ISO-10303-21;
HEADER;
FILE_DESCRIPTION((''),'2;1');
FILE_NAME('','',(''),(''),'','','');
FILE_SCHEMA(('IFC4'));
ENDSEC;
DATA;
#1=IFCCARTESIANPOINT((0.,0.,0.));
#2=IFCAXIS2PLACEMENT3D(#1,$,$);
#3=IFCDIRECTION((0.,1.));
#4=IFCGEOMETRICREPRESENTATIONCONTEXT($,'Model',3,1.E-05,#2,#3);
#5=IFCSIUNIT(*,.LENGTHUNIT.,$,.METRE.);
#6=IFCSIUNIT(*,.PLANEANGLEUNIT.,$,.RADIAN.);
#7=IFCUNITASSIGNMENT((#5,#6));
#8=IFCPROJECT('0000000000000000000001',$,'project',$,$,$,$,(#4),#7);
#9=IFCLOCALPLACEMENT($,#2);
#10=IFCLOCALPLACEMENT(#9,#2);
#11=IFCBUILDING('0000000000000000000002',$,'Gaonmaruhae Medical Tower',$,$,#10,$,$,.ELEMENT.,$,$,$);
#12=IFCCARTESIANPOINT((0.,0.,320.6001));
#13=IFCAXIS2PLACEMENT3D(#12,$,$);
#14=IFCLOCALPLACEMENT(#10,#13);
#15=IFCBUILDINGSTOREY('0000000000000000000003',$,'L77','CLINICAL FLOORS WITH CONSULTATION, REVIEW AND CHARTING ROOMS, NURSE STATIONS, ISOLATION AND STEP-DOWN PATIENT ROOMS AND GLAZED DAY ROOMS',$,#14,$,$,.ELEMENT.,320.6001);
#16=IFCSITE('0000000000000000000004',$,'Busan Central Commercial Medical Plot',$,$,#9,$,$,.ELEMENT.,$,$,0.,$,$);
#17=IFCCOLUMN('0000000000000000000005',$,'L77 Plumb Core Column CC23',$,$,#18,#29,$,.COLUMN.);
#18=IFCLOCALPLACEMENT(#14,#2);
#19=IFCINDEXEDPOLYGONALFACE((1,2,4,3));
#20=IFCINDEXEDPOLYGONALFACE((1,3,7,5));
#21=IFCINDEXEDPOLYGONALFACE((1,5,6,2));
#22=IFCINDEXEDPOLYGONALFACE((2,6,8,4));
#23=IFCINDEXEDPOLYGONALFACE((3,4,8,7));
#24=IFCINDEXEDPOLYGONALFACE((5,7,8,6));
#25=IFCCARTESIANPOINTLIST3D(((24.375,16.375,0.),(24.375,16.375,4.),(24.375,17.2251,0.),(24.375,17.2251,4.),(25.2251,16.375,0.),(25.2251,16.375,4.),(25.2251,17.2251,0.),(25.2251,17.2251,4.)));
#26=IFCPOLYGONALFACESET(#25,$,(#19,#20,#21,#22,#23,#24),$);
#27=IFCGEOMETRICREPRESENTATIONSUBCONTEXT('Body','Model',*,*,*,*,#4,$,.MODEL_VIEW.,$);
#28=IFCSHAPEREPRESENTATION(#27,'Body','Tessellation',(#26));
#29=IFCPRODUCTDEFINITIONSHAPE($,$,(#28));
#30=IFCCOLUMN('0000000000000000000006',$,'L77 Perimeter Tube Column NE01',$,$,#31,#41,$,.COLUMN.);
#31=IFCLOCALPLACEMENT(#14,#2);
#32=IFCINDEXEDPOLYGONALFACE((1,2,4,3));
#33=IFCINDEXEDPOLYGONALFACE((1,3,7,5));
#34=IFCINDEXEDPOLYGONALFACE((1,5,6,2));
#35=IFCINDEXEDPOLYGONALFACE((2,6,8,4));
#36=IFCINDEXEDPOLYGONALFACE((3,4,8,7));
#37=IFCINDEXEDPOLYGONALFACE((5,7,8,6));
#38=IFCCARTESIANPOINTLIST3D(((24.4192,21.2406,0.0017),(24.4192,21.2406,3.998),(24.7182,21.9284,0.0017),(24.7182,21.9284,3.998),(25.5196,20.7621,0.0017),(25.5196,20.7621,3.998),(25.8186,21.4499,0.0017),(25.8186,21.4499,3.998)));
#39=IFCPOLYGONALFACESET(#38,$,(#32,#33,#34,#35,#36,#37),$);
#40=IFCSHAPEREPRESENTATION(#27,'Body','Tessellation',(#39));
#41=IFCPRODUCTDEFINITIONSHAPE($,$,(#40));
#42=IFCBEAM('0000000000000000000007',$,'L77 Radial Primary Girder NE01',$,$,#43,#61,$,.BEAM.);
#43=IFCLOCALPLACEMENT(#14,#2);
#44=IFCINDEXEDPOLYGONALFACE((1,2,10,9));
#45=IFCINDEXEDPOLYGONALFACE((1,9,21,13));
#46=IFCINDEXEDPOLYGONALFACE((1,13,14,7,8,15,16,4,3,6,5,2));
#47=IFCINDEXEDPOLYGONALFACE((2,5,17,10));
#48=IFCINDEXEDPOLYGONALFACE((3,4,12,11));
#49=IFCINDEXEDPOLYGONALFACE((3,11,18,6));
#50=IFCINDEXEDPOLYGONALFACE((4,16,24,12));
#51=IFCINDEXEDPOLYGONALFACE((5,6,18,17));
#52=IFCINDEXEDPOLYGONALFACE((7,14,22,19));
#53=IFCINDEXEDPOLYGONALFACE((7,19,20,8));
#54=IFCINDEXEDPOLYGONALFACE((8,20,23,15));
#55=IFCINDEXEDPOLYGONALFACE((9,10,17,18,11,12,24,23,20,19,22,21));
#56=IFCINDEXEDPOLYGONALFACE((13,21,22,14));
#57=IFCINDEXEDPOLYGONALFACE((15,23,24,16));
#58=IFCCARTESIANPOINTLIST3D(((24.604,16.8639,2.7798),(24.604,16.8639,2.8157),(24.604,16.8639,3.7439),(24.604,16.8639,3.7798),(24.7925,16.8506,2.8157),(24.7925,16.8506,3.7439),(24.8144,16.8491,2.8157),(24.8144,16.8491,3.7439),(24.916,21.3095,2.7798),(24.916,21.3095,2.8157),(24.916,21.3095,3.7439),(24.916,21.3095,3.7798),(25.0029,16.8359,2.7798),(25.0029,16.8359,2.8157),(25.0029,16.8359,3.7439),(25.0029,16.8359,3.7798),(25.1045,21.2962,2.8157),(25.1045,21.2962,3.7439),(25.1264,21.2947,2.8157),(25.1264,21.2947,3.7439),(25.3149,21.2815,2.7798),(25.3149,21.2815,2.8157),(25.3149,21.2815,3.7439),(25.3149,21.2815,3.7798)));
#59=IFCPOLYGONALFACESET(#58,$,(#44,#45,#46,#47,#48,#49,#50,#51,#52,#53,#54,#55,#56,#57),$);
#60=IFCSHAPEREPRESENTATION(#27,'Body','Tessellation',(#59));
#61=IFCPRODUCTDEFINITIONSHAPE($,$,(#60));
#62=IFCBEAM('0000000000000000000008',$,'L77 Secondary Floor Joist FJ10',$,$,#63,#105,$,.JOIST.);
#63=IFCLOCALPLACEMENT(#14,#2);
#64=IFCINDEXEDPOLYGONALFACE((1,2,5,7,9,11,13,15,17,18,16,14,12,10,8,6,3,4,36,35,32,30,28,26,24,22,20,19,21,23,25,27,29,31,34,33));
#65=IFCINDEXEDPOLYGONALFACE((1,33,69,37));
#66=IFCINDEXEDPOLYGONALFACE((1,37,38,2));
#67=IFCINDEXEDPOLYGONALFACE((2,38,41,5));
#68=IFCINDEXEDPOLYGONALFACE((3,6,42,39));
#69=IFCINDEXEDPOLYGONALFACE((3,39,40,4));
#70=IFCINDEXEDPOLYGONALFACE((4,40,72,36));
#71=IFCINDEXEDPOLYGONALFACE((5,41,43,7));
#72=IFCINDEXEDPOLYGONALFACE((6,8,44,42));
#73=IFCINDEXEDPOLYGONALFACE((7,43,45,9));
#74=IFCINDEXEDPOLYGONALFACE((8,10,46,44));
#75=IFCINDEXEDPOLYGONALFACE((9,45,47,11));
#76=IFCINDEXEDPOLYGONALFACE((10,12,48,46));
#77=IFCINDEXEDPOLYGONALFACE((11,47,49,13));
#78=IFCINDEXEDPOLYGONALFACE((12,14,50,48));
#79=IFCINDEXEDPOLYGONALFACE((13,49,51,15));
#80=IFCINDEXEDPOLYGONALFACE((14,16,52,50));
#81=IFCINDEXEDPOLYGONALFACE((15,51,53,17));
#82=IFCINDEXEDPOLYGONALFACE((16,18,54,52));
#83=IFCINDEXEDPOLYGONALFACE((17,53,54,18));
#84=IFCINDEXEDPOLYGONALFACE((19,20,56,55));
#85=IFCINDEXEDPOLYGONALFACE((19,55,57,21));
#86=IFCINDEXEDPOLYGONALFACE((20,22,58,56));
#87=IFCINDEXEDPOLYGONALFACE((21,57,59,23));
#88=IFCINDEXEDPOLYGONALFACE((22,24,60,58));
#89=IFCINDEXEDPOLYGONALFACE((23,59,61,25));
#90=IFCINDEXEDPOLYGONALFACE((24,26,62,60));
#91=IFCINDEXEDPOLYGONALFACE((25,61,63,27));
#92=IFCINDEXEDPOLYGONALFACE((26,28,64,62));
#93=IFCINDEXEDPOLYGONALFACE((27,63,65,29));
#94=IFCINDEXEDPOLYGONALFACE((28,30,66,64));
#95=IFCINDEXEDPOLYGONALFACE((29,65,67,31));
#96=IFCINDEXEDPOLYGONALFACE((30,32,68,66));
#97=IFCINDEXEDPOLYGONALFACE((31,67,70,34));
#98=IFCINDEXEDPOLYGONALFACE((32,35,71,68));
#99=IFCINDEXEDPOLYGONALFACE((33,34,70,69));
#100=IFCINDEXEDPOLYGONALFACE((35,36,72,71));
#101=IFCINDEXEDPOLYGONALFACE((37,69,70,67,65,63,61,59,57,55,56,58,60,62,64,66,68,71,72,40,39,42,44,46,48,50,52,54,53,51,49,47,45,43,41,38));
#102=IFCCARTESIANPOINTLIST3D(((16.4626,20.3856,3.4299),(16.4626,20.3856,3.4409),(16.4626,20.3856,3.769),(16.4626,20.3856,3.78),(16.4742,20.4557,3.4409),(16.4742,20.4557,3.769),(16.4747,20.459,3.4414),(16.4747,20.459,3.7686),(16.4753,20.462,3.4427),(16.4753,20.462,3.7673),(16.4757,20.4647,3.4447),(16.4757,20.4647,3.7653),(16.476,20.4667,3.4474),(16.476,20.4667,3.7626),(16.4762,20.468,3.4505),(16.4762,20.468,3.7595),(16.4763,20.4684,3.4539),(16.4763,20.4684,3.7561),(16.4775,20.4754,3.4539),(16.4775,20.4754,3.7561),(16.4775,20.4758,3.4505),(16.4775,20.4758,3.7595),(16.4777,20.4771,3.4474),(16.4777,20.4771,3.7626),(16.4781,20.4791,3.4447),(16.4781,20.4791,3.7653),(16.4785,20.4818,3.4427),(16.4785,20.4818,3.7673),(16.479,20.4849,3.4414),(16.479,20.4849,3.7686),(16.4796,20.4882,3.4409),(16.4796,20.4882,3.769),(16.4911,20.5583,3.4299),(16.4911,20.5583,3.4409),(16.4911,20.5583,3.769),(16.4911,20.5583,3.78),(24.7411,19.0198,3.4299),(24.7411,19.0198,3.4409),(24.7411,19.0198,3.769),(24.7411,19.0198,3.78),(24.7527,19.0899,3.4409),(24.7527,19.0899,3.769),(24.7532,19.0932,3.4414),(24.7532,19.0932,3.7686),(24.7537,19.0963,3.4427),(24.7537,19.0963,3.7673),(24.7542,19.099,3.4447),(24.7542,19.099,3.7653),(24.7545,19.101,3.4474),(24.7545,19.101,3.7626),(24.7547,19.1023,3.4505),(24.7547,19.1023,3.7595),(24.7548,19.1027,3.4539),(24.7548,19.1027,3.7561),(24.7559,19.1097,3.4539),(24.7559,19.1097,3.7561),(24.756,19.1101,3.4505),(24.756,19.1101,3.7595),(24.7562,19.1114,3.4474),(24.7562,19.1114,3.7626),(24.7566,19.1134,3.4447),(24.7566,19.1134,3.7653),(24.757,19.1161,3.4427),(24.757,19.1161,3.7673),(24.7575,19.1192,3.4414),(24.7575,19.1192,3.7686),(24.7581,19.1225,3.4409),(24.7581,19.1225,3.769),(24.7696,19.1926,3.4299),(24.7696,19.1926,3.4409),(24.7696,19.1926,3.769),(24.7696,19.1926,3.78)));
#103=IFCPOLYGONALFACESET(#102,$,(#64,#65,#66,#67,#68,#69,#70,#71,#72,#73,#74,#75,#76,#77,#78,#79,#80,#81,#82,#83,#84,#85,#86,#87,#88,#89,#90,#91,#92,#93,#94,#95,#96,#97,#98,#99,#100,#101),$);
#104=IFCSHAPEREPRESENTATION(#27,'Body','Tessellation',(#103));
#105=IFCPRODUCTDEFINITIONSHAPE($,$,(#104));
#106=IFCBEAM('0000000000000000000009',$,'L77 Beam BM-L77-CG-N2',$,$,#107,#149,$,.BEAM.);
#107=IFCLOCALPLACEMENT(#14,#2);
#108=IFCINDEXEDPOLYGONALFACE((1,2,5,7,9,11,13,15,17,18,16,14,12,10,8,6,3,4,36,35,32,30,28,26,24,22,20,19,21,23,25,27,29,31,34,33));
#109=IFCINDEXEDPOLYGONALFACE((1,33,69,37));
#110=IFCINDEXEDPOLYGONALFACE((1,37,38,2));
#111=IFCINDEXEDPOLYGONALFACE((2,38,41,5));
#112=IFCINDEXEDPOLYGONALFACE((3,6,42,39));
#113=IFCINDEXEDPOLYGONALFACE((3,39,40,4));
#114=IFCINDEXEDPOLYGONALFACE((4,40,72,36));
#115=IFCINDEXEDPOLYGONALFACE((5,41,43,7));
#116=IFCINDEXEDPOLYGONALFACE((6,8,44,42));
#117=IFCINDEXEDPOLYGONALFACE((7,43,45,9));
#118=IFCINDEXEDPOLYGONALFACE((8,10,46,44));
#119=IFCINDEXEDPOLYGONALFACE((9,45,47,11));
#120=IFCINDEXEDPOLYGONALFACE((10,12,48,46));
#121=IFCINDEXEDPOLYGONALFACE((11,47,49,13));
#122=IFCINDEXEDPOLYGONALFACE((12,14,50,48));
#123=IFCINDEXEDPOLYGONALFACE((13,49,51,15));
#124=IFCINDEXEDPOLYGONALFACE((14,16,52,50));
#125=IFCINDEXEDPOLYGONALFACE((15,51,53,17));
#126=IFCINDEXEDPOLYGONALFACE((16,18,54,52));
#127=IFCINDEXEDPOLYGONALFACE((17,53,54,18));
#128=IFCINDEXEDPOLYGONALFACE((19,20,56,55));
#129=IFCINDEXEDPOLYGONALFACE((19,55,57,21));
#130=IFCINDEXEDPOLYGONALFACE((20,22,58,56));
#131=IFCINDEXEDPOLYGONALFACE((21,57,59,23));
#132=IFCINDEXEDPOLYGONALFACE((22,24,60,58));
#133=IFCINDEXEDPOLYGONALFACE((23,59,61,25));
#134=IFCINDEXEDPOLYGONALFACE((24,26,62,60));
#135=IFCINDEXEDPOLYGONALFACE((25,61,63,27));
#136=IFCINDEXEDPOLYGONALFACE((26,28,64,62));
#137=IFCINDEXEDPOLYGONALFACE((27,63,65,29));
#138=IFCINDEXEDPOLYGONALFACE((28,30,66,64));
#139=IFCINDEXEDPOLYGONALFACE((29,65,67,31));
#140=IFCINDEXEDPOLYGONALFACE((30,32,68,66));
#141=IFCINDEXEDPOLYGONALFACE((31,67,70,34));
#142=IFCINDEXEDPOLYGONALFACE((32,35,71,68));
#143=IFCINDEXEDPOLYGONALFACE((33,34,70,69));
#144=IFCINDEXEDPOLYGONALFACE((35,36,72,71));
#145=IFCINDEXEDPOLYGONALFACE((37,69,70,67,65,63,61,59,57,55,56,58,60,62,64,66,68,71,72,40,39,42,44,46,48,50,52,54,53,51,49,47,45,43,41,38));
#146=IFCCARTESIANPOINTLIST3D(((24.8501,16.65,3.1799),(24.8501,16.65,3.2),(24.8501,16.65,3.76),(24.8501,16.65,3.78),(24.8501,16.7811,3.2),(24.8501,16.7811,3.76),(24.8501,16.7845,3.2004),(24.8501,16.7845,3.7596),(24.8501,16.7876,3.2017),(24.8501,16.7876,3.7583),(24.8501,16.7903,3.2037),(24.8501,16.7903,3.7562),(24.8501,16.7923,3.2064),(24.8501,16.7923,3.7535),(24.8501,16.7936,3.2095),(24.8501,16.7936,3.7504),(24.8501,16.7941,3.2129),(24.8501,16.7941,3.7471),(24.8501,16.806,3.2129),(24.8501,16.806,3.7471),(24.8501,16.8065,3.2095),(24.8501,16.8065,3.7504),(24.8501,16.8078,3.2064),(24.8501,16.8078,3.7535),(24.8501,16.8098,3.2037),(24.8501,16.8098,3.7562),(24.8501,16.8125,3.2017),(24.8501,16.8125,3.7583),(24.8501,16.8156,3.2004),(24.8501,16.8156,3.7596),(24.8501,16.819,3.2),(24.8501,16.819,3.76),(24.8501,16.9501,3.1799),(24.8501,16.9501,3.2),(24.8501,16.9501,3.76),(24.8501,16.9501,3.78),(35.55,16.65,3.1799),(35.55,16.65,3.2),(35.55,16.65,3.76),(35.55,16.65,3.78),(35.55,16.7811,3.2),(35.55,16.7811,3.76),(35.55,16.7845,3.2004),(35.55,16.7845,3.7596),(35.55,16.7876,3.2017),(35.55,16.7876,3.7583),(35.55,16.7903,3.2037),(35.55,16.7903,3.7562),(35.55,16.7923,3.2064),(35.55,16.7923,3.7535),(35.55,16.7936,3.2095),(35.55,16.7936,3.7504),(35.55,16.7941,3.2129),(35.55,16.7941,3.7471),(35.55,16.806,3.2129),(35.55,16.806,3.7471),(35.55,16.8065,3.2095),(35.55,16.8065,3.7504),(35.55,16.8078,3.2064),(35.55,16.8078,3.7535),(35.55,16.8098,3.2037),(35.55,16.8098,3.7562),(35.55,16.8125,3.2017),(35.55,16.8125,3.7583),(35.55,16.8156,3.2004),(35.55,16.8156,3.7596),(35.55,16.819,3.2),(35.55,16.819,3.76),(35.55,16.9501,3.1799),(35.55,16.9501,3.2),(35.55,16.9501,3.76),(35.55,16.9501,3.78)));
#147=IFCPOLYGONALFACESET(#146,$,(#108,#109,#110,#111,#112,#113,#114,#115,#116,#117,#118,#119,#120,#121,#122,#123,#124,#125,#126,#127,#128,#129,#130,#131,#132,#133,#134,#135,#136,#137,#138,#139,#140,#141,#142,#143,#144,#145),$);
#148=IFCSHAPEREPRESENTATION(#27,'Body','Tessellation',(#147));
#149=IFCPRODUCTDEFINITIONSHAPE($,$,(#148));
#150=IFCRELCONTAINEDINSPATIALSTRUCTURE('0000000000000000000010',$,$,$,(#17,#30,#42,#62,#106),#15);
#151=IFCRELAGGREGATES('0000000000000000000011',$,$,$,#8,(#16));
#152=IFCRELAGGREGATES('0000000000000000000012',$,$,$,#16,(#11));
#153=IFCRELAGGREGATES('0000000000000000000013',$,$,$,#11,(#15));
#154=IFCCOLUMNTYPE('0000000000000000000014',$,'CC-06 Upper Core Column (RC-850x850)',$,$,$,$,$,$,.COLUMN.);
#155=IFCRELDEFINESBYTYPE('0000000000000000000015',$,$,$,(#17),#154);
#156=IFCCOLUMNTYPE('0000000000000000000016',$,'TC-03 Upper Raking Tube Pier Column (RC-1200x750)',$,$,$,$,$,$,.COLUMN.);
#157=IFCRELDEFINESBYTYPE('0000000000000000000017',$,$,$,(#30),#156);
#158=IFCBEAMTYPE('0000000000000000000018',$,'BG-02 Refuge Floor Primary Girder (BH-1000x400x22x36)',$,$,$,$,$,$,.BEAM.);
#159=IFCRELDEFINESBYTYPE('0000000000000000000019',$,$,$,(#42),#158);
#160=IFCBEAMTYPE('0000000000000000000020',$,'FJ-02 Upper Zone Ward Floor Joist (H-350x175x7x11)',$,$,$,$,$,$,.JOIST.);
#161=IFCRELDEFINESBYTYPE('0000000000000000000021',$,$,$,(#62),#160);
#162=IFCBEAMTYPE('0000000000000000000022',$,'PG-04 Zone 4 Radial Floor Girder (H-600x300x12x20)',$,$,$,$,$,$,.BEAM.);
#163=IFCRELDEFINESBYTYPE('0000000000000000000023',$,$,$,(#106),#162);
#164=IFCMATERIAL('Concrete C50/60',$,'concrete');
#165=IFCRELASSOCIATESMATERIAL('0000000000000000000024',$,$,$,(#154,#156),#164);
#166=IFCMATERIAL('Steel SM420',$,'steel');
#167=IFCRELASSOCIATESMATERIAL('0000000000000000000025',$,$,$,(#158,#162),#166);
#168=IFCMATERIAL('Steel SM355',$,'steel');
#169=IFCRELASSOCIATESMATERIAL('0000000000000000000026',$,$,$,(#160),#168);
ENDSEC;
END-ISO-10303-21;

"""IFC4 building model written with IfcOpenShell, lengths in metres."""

from ifc_helpers import new_model, si_unit, direction, frame, origin, origin_2d, place, context, subcontext, project, spatial, rectangle, i_section, extrude, material, material_profile, profile_set, type_object, element, save


model = new_model("IFC4")

# Units and contexts
model_context = context("Model", 3, precision=1e-05, world=origin(), true_north=direction((0.0, 1.0)))
body_context = subcontext(model_context, "Body", "Model", "MODEL_VIEW")
ifc_project = project(units=[si_unit("LENGTHUNIT", "METRE"), si_unit("PLANEANGLEUNIT", "RADIAN")], contexts=[model_context])

# Site, building, storey
site_placement = place(None, origin())
site = spatial("IfcSite", under=ifc_project, at=site_placement, Name="Busan Central Commercial Medical Plot", CompositionType="ELEMENT", RefElevation=0.0)
building_placement = place(site_placement, origin())
building = spatial("IfcBuilding", under=site, at=building_placement, Name="Gaonmaruhae Medical Tower", CompositionType="ELEMENT")
storey_placement = place(building_placement, frame((0.0, 0.0, 320.6001)))
storey = spatial("IfcBuildingStorey", under=building, at=storey_placement, Name="L77", Description="CLINICAL FLOORS WITH CONSULTATION, REVIEW AND CHARTING ROOMS, NURSE STATIONS, ISOLATION AND STEP-DOWN PATIENT ROOMS AND GLAZED DAY ROOMS", CompositionType="ELEMENT", Elevation=320.6001)

# Columns
ifc_material_1 = material(Name="Concrete C50/60", Category="concrete")
ifc_material_profile_1 = material_profile(ifc_material_1, rectangle(XDim=0.8501, YDim=0.8501, at=origin_2d()), Name="RC-850x850")
ifc_profile_set_1 = profile_set([ifc_material_profile_1], Name="Concrete C50/60")
column_type_1 = type_object("IfcColumnType", Name="CC-06 Upper Core Column (RC-850x850)", PredefinedType="COLUMN", material=ifc_profile_set_1)
column_1_placement = place(storey_placement, frame((24.8, 16.8, 0.0), z_axis=(0.0, 0.0, 1.0), x_axis=(1.0, 0.0, 0.0)))
element("IfcColumn", 1, at=column_1_placement, inside=storey, type_object=column_type_1, Name="L77 Plumb Core Column CC23", PredefinedType="COLUMN", context=body_context, shape_type="SweptSolid", body=[
    extrude(rectangle(XDim=0.8501, YDim=0.8501, at=origin_2d()), origin(), (0.0, 0.0, 1.0), 4.0),
])
ifc_material_profile_2 = material_profile(ifc_material_1, rectangle(XDim=1.2, YDim=0.75, at=origin_2d()), Name="RC-1200x750")
ifc_profile_set_2 = profile_set([ifc_material_profile_2], Name="Concrete C50/60")
column_type_2 = type_object("IfcColumnType", Name="TC-03 Upper Raking Tube Pier Column (RC-1200x750)", PredefinedType="COLUMN", material=ifc_profile_set_2)
column_2_placement = place(storey_placement, frame((25.1189, 21.3452, 0.0017), z_axis=(0.0, 0.0, 1.0), x_axis=(-0.91706, 0.398749, 0.0)))
element("IfcColumn", 2, at=column_2_placement, inside=storey, type_object=column_type_2, Name="L77 Perimeter Tube Column NE01", PredefinedType="COLUMN", context=body_context, shape_type="SweptSolid", body=[
    extrude(rectangle(XDim=1.2, YDim=0.75, at=origin_2d()), origin(), (0.0, 0.0, 1.0), 3.9963),
])

# Beams
ifc_material_2 = material(Name="Steel SM420", Category="steel")
ifc_material_profile_3 = material_profile(ifc_material_2, i_section(OverallWidth=0.3999, OverallDepth=1.0, WebThickness=0.022, FlangeThickness=0.0359, at=origin_2d()), Name="BH-1000x400x22x36")
ifc_profile_set_3 = profile_set([ifc_material_profile_3], Name="Steel SM420")
beam_type_1 = type_object("IfcBeamType", Name="BG-02 Refuge Floor Primary Girder (BH-1000x400x22x36)", PredefinedType="BEAM", material=ifc_profile_set_3)
beam_1_placement = place(storey_placement, frame((24.8035, 16.8499, 3.2798), z_axis=(0.070013, 0.997546, 0.0), x_axis=(-0.997546, 0.070013, 0.0)))
element("IfcBeam", 3, at=beam_1_placement, inside=storey, type_object=beam_type_1, Name="L77 Radial Primary Girder NE01", PredefinedType="BEAM", context=body_context, shape_type="SweptSolid", body=[
    extrude(i_section(OverallWidth=0.3999, OverallDepth=1.0, WebThickness=0.022, FlangeThickness=0.0359, at=origin_2d()), origin(), (0.0, 0.0, 1.0), 4.4565),
])
ifc_material_3 = material(Name="Steel SM355", Category="steel")
ifc_material_profile_4 = material_profile(ifc_material_3, i_section(OverallWidth=0.175, OverallDepth=0.3501, WebThickness=0.0071, FlangeThickness=0.011, FilletRadius=0.0129, at=origin_2d()), Name="H-350x175x7x11")
ifc_profile_set_4 = profile_set([ifc_material_profile_4], Name="Steel SM355")
beam_type_2 = type_object("IfcBeamType", Name="FJ-02 Upper Zone Ward Floor Joist (H-350x175x7x11)", PredefinedType="JOIST", material=ifc_profile_set_4)
beam_2_placement = place(storey_placement, frame((24.7554, 19.1062, 3.605), z_axis=(-0.986664, 0.162771, 0.0), x_axis=(-0.162771, -0.986664, 0.0)))
element("IfcBeam", 4, at=beam_2_placement, inside=storey, type_object=beam_type_2, Name="L77 Secondary Floor Joist FJ10", PredefinedType="JOIST", context=body_context, shape_type="SweptSolid", body=[
    extrude(i_section(OverallWidth=0.175, OverallDepth=0.3501, WebThickness=0.0071, FlangeThickness=0.011, FilletRadius=0.0129, at=origin_2d()), origin(), (0.0, 0.0, 1.0), 8.3904),
])
ifc_material_profile_5 = material_profile(ifc_material_2, i_section(OverallWidth=0.3, OverallDepth=0.6001, WebThickness=0.012, FlangeThickness=0.02, FilletRadius=0.0129, at=origin_2d()), Name="H-600x300x12x20")
ifc_profile_set_5 = profile_set([ifc_material_profile_5], Name="Steel SM420")
beam_type_3 = type_object("IfcBeamType", Name="PG-04 Zone 4 Radial Floor Girder (H-600x300x12x20)", PredefinedType="BEAM", material=ifc_profile_set_5)
beam_3_placement = place(storey_placement, frame((24.8501, 16.8, 3.48), z_axis=(1.0, 0.0, 0.0), x_axis=(0.0, 1.0, 0.0)))
element("IfcBeam", 5, at=beam_3_placement, inside=storey, type_object=beam_type_3, Name="L77 Beam BM-L77-CG-N2", PredefinedType="BEAM", context=body_context, shape_type="SweptSolid", body=[
    extrude(i_section(OverallWidth=0.3, OverallDepth=0.6001, WebThickness=0.012, FlangeThickness=0.02, FilletRadius=0.0129, at=origin_2d()), origin(), (0.0, 0.0, 1.0), 10.7),
])

save(model, "model.ifc")
